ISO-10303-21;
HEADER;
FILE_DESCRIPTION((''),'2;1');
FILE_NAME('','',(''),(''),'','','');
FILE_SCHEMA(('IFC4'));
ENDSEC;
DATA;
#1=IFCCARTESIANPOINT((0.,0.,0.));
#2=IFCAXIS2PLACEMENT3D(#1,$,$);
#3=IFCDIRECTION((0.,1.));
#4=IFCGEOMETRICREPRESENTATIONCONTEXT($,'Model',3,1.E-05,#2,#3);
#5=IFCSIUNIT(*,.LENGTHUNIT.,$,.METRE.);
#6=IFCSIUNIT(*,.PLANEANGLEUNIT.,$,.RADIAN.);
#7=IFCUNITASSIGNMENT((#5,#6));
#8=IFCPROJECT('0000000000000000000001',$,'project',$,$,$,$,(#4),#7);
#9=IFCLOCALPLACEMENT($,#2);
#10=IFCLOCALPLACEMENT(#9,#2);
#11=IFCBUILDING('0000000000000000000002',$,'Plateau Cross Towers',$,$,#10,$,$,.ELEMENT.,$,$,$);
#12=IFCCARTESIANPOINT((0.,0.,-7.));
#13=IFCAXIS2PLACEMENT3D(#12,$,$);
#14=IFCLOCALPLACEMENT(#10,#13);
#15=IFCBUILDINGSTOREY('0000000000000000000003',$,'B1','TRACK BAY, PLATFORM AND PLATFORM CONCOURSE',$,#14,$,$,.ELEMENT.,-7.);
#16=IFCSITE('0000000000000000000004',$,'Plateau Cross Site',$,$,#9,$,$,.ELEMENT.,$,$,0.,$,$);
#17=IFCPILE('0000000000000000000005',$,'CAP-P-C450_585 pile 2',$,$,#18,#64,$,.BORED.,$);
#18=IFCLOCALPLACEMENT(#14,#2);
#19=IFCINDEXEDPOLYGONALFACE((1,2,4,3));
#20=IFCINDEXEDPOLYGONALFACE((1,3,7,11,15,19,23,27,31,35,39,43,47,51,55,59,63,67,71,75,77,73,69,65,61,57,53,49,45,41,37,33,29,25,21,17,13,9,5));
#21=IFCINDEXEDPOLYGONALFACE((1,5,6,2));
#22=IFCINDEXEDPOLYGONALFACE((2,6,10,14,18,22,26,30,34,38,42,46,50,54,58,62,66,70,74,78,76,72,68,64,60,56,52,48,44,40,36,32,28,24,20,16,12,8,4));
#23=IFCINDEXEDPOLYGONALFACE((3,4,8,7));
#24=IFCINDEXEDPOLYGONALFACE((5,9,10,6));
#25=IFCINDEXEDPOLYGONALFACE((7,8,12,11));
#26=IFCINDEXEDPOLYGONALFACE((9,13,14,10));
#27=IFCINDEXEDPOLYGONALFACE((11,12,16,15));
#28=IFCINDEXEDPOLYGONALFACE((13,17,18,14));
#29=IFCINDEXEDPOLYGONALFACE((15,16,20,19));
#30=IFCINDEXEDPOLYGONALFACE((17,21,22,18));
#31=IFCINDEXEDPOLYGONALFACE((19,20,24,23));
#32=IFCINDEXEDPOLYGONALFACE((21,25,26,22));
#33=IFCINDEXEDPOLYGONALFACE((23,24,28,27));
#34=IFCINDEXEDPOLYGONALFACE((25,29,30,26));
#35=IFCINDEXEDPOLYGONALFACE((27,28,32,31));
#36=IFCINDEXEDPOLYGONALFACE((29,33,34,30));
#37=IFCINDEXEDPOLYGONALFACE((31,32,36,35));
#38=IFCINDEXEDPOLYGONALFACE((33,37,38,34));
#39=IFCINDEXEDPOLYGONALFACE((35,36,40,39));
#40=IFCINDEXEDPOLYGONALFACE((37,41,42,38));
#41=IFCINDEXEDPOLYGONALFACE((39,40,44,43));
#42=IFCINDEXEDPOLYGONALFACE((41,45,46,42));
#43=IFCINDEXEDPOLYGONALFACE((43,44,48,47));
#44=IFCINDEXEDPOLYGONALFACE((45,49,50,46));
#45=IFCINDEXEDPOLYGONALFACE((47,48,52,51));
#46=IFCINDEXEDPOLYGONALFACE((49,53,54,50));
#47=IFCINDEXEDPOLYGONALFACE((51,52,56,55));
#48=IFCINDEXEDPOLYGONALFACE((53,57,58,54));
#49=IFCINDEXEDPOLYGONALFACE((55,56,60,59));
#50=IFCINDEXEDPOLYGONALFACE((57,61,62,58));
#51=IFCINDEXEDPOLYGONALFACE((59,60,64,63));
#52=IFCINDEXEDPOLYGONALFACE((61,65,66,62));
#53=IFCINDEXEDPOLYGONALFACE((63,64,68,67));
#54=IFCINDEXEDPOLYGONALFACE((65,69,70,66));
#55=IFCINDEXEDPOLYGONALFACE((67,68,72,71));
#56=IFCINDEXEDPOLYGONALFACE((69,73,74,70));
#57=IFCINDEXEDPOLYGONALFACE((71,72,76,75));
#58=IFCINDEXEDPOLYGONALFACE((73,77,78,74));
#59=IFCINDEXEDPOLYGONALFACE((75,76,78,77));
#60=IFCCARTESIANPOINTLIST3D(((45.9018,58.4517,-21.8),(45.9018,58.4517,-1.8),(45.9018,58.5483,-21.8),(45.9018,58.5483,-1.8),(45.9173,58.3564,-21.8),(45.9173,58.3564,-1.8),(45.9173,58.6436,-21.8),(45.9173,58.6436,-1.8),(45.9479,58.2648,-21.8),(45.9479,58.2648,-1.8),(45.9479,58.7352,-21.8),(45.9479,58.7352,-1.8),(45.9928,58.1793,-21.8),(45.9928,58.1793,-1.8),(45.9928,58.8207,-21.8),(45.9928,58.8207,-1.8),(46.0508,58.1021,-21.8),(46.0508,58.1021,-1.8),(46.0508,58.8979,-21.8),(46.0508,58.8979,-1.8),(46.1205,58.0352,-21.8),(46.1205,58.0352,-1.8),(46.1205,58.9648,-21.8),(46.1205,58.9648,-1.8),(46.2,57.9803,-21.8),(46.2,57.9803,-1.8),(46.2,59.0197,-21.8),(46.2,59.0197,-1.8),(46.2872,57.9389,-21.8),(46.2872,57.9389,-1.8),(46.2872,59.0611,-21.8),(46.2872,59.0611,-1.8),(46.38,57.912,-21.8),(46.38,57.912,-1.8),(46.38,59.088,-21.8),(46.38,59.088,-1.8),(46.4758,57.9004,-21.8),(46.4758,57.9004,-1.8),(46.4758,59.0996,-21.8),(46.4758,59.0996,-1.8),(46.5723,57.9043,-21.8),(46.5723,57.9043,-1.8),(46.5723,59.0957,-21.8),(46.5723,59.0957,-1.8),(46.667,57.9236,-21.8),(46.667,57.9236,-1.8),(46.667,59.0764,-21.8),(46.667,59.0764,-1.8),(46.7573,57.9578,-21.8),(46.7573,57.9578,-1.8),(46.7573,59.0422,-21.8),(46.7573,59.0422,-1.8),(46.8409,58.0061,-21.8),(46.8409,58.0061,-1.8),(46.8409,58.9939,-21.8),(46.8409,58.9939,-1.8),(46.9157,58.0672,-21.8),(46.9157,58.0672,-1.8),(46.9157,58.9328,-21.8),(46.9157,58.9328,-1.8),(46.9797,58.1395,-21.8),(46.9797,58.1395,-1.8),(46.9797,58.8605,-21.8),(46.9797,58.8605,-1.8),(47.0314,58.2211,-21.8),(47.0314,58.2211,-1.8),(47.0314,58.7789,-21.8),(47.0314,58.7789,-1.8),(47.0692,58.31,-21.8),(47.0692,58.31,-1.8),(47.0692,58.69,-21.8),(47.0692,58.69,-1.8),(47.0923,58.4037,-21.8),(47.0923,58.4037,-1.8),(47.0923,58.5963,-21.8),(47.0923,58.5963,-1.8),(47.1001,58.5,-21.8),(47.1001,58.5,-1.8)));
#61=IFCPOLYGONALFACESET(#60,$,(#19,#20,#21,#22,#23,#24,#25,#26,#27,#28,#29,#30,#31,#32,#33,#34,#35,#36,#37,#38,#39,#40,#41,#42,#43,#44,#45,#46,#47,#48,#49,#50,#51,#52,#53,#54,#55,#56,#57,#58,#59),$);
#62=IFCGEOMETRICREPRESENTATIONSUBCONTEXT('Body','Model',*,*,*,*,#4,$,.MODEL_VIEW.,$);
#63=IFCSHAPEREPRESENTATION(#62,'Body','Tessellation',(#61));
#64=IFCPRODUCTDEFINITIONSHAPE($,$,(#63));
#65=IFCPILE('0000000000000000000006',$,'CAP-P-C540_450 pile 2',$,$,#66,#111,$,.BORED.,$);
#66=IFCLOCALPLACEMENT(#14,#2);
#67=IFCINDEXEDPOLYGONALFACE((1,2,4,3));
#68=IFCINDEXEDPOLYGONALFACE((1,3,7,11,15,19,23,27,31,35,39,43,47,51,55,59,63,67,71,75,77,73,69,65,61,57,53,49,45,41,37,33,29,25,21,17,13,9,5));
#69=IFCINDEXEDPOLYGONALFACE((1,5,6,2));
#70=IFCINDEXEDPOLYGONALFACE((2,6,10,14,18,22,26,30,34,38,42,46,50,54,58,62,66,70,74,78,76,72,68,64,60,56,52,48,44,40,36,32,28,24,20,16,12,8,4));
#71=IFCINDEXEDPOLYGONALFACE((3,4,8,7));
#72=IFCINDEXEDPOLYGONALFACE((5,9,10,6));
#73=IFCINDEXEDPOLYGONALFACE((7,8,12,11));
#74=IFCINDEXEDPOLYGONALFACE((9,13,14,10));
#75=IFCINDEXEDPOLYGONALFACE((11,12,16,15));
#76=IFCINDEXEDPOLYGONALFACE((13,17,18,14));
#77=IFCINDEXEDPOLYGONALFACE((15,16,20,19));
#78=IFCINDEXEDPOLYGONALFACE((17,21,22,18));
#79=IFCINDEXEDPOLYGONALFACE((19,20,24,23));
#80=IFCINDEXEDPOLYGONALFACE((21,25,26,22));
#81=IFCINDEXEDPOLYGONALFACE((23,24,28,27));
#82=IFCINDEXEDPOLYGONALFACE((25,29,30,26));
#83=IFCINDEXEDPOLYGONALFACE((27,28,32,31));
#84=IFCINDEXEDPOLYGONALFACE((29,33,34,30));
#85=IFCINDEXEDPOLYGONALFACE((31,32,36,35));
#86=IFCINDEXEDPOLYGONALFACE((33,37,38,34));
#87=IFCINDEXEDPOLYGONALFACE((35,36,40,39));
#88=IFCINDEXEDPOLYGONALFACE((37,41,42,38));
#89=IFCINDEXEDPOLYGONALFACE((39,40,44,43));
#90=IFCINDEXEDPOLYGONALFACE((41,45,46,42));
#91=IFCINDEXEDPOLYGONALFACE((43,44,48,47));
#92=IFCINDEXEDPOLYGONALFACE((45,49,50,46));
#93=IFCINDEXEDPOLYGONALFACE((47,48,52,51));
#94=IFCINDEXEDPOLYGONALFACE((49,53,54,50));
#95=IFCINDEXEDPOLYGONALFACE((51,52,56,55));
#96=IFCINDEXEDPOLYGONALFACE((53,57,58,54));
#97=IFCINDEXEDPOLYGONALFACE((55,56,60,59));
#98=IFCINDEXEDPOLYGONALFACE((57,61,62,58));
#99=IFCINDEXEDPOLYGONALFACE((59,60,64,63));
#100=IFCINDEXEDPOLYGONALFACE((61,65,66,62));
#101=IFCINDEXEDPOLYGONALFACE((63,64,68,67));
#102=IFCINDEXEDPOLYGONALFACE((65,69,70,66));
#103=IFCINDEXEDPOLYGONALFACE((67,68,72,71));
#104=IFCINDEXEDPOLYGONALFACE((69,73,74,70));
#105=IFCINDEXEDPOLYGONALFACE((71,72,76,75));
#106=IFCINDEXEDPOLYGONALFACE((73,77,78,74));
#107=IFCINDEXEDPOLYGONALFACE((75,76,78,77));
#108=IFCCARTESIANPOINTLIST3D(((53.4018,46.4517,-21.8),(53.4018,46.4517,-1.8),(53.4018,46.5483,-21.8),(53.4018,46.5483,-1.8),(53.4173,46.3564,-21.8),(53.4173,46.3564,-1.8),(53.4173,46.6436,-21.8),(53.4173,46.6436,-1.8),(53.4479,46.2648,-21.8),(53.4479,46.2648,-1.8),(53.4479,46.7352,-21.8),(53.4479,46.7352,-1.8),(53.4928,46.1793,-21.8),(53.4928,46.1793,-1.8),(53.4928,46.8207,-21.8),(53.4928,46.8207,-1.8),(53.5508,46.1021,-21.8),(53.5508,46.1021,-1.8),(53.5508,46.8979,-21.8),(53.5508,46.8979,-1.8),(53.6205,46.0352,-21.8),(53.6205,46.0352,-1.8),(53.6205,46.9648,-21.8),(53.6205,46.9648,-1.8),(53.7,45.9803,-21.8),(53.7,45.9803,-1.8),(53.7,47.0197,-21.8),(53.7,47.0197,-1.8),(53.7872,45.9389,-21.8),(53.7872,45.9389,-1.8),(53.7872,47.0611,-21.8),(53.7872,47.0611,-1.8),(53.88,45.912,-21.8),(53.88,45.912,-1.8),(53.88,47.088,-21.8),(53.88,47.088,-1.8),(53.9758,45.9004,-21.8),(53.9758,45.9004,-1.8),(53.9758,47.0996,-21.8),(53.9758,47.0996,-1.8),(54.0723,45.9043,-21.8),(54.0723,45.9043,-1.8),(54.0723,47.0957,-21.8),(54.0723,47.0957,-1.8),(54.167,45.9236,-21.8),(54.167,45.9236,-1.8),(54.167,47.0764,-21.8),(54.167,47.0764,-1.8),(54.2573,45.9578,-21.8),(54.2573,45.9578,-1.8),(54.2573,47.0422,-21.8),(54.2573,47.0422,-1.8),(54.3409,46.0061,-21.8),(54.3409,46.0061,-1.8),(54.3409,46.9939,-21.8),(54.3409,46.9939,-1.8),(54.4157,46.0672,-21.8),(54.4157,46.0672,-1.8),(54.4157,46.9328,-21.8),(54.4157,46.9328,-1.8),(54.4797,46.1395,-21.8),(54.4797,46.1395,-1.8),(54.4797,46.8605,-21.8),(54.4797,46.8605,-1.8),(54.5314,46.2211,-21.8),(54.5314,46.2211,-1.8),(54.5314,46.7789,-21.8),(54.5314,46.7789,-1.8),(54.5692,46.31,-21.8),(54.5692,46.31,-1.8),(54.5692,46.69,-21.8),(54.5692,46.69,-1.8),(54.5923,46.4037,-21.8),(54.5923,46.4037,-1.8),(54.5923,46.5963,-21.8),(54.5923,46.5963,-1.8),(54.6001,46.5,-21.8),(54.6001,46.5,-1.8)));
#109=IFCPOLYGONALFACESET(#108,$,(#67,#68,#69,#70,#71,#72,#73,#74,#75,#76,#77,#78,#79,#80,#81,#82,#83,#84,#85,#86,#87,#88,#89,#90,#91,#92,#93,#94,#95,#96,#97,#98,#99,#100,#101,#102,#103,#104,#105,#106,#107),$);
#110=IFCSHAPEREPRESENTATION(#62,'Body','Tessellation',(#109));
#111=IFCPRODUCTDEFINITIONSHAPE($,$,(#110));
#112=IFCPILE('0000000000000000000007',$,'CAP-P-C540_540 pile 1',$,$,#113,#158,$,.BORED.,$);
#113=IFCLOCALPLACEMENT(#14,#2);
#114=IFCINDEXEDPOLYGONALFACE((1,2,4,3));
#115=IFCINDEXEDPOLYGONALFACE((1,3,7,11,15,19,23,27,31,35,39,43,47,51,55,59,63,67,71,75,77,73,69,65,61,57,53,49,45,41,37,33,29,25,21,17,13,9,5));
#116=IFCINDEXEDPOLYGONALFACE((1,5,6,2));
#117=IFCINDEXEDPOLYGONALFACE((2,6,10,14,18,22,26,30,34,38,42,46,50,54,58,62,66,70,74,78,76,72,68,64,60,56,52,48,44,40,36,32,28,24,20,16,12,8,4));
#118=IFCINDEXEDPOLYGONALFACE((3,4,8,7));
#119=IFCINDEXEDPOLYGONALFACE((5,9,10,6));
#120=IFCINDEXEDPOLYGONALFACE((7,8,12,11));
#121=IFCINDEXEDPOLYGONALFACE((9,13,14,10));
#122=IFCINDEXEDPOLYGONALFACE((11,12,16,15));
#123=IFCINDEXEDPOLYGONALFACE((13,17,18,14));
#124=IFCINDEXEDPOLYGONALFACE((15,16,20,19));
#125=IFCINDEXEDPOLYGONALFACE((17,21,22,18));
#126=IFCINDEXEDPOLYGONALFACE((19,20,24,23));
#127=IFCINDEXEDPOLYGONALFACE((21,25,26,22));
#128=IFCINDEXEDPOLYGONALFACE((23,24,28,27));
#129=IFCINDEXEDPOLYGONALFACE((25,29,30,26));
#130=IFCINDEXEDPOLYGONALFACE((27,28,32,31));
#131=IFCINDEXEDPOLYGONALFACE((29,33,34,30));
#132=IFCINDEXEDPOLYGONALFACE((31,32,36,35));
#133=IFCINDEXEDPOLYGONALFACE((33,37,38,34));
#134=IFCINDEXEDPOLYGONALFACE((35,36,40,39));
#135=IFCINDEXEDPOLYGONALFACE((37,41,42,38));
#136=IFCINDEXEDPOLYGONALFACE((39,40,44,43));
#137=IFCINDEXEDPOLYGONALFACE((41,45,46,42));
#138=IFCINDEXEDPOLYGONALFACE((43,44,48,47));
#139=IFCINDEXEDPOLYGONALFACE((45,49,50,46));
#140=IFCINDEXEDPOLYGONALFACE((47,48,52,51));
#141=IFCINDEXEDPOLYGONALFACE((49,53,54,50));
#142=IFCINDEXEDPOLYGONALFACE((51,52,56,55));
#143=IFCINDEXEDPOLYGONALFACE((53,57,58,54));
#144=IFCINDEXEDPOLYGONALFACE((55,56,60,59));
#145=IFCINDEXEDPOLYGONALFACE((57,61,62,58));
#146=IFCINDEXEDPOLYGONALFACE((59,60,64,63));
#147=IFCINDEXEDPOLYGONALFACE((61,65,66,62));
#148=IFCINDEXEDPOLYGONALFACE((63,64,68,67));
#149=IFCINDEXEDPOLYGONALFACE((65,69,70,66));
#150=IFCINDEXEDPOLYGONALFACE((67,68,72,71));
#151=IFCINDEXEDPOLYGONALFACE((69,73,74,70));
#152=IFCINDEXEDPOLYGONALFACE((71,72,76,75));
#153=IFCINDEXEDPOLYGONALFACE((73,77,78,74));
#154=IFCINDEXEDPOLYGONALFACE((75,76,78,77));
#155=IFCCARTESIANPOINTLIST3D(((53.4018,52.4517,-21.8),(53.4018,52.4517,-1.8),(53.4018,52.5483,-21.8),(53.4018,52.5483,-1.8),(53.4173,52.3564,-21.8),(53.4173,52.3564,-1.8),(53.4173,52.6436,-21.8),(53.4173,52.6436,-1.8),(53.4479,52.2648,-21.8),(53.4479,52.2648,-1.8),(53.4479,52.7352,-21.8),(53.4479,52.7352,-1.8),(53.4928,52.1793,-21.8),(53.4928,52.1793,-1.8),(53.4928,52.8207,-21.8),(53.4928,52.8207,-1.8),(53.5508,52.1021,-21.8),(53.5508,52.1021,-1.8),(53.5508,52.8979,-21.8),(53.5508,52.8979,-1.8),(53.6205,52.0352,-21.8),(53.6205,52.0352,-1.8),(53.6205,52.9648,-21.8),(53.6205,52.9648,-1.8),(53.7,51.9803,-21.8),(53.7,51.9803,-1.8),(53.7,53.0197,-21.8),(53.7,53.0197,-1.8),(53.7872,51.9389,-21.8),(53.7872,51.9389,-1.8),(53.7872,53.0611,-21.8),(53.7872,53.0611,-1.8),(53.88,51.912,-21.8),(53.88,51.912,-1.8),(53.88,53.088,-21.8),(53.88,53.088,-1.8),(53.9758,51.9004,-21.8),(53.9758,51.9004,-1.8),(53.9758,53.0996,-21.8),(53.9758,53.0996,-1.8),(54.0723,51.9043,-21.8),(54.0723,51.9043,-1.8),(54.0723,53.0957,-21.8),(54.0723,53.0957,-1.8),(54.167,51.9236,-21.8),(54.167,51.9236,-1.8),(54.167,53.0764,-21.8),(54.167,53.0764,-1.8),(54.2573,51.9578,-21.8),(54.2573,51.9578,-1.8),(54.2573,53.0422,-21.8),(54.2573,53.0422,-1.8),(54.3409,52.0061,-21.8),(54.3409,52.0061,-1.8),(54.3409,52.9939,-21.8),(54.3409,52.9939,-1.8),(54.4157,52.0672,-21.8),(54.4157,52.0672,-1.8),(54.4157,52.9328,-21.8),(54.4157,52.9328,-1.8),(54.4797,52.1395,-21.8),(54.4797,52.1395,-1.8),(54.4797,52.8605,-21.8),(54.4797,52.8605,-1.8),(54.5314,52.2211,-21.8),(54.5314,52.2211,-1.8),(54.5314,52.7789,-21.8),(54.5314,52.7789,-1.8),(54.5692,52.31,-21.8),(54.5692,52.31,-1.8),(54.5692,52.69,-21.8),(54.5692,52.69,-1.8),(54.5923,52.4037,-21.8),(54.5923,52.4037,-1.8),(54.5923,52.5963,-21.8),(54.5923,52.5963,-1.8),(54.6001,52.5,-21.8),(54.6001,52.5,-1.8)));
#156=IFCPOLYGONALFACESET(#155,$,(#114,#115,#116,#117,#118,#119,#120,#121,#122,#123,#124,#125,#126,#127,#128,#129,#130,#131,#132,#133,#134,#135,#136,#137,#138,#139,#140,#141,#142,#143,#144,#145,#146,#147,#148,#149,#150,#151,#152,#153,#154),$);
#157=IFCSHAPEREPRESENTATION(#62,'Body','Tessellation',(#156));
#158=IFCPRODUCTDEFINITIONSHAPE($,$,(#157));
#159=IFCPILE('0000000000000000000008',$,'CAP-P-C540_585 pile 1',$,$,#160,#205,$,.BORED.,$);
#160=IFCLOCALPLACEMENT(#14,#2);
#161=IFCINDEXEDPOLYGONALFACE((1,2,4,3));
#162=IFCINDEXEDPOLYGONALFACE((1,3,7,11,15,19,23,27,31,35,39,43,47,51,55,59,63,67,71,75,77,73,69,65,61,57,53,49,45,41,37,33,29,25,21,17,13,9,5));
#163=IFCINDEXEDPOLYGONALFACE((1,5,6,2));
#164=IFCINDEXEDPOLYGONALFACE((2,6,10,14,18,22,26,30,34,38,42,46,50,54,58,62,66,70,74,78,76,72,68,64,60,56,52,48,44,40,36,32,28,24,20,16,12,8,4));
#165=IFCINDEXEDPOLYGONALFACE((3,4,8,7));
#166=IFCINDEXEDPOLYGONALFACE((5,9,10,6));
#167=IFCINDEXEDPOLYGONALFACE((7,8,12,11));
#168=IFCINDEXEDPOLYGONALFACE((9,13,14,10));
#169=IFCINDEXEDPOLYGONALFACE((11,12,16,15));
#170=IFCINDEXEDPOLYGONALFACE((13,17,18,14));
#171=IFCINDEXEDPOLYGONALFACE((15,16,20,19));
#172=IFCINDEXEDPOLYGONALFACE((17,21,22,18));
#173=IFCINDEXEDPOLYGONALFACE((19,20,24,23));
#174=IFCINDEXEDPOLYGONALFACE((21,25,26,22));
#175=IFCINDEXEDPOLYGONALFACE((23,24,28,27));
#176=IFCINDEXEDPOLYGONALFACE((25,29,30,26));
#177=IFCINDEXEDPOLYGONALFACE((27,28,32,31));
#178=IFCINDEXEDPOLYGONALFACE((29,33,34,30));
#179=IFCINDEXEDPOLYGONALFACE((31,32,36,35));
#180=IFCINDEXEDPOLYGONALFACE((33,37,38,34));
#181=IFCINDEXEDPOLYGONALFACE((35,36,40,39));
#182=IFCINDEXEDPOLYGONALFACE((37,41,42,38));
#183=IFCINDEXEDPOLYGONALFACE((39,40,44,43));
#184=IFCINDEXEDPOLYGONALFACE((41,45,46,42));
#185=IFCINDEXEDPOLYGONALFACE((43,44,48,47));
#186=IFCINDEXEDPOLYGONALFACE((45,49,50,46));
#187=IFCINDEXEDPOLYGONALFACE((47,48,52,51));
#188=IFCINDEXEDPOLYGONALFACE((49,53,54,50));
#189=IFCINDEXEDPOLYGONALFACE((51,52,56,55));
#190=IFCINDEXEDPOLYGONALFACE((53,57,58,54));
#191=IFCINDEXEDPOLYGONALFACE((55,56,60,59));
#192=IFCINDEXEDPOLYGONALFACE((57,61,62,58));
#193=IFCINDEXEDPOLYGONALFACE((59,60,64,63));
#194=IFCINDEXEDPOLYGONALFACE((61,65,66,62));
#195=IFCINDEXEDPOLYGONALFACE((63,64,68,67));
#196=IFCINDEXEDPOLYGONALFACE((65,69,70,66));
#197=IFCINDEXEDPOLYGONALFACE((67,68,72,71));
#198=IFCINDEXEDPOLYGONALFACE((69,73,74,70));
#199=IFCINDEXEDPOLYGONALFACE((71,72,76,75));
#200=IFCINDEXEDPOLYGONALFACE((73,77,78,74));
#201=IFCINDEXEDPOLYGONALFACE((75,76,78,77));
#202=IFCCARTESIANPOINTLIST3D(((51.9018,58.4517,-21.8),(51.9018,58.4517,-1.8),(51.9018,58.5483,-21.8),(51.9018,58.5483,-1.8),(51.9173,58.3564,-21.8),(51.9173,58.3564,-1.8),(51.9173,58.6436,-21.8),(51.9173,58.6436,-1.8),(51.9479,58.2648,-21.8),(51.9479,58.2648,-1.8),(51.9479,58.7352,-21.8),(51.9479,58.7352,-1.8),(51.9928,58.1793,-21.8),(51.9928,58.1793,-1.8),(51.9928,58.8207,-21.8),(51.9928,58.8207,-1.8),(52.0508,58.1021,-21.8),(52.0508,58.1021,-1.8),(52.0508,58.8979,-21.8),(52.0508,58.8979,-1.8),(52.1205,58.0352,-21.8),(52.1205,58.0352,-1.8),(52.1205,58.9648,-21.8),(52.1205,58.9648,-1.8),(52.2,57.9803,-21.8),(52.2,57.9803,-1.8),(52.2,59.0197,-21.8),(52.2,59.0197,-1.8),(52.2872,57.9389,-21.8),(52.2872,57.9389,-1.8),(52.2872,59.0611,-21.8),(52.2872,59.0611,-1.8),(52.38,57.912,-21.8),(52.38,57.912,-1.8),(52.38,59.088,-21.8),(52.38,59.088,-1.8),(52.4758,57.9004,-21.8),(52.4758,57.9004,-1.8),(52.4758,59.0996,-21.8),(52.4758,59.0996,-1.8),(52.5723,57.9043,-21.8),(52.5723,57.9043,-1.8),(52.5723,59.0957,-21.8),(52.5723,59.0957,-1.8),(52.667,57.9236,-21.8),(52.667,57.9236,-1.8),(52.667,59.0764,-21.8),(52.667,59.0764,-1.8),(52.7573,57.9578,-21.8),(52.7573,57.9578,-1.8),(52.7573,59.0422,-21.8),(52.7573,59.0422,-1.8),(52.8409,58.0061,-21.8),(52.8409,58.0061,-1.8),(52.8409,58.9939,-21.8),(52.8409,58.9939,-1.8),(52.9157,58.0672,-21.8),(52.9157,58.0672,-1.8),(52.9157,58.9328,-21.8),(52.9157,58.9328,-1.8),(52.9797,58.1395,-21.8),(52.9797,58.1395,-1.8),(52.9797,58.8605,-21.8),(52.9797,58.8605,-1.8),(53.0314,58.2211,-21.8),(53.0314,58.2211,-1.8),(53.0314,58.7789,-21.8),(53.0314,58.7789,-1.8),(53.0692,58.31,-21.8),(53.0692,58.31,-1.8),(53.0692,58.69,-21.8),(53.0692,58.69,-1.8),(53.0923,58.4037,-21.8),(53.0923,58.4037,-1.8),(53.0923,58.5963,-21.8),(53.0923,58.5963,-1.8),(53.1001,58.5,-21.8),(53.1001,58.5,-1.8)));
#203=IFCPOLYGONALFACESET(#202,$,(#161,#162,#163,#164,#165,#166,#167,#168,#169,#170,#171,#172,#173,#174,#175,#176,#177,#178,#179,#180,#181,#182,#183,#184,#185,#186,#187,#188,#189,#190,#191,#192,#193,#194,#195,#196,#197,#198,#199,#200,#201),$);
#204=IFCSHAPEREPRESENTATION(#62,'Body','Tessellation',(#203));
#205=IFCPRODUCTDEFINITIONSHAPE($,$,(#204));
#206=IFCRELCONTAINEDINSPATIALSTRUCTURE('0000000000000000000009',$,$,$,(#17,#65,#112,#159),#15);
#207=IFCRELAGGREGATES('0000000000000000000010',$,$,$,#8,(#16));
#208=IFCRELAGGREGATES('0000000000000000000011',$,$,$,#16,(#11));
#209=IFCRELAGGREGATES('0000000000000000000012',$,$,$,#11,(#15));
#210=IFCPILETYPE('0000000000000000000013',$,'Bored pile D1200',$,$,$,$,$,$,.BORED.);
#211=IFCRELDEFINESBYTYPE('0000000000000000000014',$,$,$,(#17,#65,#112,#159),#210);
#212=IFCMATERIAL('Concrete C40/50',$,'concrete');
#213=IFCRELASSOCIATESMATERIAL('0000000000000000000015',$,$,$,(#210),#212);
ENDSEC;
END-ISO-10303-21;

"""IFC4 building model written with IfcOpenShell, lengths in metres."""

from ifc_helpers import new_model, si_unit, direction, frame, origin, origin_2d, place, context, subcontext, project, spatial, circle, extrude, material, material_profile, profile_set, type_object, element, save


model = new_model("IFC4")

# Units and contexts
model_context = context("Model", 3, precision=1e-05, world=origin(), true_north=direction((0.0, 1.0)))
body_context = subcontext(model_context, "Body", "Model", "MODEL_VIEW")
ifc_project = project(units=[si_unit("LENGTHUNIT", "METRE"), si_unit("PLANEANGLEUNIT", "RADIAN")], contexts=[model_context])

# Site, building, storey
site_placement = place(None, origin())
site = spatial("IfcSite", under=ifc_project, at=site_placement, Name="Plateau Cross Site", CompositionType="ELEMENT", RefElevation=0.0)
building_placement = place(site_placement, origin())
building = spatial("IfcBuilding", under=site, at=building_placement, Name="Plateau Cross Towers", CompositionType="ELEMENT")
storey_placement = place(building_placement, frame((0.0, 0.0, -7.0)))
storey = spatial("IfcBuildingStorey", under=building, at=storey_placement, Name="B1", Description="TRACK BAY, PLATFORM AND PLATFORM CONCOURSE", CompositionType="ELEMENT", Elevation=-7.0)

# Piles
ifc_material_1 = material(Name="Concrete C40/50", Category="concrete")
ifc_material_profile_1 = material_profile(ifc_material_1, circle(Radius=0.6001, at=origin_2d()), Name="Bored pile D1200")
ifc_profile_set_1 = profile_set([ifc_material_profile_1], Name="Concrete C40/50")
pile_type = type_object("IfcPileType", Name="Bored pile D1200", PredefinedType="BORED", material=ifc_profile_set_1)
for number, where, z_axis, x_axis, name in (
    (1, (46.5, 58.5, -1.8), (0.0, 0.0, -1.0), (1.0, 0.0, 0.0), "CAP-P-C450_585 pile 2"),
    (2, (54.0, 46.5, -1.8), (0.0, 0.0, -1.0), (1.0, 0.0, 0.0), "CAP-P-C540_450 pile 2"),
    (3, (54.0, 52.5, -1.8), (0.0, 0.0, -1.0), (1.0, 0.0, 0.0), "CAP-P-C540_540 pile 1"),
    (4, (52.5, 58.5, -1.8), (0.0, 0.0, -1.0), (1.0, 0.0, 0.0), "CAP-P-C540_585 pile 1"),
):
    element("IfcPile", number, at=place(storey_placement, frame(where, z_axis=z_axis, x_axis=x_axis)), inside=storey, type_object=pile_type, Name=name, PredefinedType="BORED", context=body_context, shape_type="SweptSolid", body=[
        extrude(circle(Radius=0.6001, at=origin_2d()), origin(), (0.0, 0.0, 1.0), 20.0),
    ])

save(model, "model.ifc")
